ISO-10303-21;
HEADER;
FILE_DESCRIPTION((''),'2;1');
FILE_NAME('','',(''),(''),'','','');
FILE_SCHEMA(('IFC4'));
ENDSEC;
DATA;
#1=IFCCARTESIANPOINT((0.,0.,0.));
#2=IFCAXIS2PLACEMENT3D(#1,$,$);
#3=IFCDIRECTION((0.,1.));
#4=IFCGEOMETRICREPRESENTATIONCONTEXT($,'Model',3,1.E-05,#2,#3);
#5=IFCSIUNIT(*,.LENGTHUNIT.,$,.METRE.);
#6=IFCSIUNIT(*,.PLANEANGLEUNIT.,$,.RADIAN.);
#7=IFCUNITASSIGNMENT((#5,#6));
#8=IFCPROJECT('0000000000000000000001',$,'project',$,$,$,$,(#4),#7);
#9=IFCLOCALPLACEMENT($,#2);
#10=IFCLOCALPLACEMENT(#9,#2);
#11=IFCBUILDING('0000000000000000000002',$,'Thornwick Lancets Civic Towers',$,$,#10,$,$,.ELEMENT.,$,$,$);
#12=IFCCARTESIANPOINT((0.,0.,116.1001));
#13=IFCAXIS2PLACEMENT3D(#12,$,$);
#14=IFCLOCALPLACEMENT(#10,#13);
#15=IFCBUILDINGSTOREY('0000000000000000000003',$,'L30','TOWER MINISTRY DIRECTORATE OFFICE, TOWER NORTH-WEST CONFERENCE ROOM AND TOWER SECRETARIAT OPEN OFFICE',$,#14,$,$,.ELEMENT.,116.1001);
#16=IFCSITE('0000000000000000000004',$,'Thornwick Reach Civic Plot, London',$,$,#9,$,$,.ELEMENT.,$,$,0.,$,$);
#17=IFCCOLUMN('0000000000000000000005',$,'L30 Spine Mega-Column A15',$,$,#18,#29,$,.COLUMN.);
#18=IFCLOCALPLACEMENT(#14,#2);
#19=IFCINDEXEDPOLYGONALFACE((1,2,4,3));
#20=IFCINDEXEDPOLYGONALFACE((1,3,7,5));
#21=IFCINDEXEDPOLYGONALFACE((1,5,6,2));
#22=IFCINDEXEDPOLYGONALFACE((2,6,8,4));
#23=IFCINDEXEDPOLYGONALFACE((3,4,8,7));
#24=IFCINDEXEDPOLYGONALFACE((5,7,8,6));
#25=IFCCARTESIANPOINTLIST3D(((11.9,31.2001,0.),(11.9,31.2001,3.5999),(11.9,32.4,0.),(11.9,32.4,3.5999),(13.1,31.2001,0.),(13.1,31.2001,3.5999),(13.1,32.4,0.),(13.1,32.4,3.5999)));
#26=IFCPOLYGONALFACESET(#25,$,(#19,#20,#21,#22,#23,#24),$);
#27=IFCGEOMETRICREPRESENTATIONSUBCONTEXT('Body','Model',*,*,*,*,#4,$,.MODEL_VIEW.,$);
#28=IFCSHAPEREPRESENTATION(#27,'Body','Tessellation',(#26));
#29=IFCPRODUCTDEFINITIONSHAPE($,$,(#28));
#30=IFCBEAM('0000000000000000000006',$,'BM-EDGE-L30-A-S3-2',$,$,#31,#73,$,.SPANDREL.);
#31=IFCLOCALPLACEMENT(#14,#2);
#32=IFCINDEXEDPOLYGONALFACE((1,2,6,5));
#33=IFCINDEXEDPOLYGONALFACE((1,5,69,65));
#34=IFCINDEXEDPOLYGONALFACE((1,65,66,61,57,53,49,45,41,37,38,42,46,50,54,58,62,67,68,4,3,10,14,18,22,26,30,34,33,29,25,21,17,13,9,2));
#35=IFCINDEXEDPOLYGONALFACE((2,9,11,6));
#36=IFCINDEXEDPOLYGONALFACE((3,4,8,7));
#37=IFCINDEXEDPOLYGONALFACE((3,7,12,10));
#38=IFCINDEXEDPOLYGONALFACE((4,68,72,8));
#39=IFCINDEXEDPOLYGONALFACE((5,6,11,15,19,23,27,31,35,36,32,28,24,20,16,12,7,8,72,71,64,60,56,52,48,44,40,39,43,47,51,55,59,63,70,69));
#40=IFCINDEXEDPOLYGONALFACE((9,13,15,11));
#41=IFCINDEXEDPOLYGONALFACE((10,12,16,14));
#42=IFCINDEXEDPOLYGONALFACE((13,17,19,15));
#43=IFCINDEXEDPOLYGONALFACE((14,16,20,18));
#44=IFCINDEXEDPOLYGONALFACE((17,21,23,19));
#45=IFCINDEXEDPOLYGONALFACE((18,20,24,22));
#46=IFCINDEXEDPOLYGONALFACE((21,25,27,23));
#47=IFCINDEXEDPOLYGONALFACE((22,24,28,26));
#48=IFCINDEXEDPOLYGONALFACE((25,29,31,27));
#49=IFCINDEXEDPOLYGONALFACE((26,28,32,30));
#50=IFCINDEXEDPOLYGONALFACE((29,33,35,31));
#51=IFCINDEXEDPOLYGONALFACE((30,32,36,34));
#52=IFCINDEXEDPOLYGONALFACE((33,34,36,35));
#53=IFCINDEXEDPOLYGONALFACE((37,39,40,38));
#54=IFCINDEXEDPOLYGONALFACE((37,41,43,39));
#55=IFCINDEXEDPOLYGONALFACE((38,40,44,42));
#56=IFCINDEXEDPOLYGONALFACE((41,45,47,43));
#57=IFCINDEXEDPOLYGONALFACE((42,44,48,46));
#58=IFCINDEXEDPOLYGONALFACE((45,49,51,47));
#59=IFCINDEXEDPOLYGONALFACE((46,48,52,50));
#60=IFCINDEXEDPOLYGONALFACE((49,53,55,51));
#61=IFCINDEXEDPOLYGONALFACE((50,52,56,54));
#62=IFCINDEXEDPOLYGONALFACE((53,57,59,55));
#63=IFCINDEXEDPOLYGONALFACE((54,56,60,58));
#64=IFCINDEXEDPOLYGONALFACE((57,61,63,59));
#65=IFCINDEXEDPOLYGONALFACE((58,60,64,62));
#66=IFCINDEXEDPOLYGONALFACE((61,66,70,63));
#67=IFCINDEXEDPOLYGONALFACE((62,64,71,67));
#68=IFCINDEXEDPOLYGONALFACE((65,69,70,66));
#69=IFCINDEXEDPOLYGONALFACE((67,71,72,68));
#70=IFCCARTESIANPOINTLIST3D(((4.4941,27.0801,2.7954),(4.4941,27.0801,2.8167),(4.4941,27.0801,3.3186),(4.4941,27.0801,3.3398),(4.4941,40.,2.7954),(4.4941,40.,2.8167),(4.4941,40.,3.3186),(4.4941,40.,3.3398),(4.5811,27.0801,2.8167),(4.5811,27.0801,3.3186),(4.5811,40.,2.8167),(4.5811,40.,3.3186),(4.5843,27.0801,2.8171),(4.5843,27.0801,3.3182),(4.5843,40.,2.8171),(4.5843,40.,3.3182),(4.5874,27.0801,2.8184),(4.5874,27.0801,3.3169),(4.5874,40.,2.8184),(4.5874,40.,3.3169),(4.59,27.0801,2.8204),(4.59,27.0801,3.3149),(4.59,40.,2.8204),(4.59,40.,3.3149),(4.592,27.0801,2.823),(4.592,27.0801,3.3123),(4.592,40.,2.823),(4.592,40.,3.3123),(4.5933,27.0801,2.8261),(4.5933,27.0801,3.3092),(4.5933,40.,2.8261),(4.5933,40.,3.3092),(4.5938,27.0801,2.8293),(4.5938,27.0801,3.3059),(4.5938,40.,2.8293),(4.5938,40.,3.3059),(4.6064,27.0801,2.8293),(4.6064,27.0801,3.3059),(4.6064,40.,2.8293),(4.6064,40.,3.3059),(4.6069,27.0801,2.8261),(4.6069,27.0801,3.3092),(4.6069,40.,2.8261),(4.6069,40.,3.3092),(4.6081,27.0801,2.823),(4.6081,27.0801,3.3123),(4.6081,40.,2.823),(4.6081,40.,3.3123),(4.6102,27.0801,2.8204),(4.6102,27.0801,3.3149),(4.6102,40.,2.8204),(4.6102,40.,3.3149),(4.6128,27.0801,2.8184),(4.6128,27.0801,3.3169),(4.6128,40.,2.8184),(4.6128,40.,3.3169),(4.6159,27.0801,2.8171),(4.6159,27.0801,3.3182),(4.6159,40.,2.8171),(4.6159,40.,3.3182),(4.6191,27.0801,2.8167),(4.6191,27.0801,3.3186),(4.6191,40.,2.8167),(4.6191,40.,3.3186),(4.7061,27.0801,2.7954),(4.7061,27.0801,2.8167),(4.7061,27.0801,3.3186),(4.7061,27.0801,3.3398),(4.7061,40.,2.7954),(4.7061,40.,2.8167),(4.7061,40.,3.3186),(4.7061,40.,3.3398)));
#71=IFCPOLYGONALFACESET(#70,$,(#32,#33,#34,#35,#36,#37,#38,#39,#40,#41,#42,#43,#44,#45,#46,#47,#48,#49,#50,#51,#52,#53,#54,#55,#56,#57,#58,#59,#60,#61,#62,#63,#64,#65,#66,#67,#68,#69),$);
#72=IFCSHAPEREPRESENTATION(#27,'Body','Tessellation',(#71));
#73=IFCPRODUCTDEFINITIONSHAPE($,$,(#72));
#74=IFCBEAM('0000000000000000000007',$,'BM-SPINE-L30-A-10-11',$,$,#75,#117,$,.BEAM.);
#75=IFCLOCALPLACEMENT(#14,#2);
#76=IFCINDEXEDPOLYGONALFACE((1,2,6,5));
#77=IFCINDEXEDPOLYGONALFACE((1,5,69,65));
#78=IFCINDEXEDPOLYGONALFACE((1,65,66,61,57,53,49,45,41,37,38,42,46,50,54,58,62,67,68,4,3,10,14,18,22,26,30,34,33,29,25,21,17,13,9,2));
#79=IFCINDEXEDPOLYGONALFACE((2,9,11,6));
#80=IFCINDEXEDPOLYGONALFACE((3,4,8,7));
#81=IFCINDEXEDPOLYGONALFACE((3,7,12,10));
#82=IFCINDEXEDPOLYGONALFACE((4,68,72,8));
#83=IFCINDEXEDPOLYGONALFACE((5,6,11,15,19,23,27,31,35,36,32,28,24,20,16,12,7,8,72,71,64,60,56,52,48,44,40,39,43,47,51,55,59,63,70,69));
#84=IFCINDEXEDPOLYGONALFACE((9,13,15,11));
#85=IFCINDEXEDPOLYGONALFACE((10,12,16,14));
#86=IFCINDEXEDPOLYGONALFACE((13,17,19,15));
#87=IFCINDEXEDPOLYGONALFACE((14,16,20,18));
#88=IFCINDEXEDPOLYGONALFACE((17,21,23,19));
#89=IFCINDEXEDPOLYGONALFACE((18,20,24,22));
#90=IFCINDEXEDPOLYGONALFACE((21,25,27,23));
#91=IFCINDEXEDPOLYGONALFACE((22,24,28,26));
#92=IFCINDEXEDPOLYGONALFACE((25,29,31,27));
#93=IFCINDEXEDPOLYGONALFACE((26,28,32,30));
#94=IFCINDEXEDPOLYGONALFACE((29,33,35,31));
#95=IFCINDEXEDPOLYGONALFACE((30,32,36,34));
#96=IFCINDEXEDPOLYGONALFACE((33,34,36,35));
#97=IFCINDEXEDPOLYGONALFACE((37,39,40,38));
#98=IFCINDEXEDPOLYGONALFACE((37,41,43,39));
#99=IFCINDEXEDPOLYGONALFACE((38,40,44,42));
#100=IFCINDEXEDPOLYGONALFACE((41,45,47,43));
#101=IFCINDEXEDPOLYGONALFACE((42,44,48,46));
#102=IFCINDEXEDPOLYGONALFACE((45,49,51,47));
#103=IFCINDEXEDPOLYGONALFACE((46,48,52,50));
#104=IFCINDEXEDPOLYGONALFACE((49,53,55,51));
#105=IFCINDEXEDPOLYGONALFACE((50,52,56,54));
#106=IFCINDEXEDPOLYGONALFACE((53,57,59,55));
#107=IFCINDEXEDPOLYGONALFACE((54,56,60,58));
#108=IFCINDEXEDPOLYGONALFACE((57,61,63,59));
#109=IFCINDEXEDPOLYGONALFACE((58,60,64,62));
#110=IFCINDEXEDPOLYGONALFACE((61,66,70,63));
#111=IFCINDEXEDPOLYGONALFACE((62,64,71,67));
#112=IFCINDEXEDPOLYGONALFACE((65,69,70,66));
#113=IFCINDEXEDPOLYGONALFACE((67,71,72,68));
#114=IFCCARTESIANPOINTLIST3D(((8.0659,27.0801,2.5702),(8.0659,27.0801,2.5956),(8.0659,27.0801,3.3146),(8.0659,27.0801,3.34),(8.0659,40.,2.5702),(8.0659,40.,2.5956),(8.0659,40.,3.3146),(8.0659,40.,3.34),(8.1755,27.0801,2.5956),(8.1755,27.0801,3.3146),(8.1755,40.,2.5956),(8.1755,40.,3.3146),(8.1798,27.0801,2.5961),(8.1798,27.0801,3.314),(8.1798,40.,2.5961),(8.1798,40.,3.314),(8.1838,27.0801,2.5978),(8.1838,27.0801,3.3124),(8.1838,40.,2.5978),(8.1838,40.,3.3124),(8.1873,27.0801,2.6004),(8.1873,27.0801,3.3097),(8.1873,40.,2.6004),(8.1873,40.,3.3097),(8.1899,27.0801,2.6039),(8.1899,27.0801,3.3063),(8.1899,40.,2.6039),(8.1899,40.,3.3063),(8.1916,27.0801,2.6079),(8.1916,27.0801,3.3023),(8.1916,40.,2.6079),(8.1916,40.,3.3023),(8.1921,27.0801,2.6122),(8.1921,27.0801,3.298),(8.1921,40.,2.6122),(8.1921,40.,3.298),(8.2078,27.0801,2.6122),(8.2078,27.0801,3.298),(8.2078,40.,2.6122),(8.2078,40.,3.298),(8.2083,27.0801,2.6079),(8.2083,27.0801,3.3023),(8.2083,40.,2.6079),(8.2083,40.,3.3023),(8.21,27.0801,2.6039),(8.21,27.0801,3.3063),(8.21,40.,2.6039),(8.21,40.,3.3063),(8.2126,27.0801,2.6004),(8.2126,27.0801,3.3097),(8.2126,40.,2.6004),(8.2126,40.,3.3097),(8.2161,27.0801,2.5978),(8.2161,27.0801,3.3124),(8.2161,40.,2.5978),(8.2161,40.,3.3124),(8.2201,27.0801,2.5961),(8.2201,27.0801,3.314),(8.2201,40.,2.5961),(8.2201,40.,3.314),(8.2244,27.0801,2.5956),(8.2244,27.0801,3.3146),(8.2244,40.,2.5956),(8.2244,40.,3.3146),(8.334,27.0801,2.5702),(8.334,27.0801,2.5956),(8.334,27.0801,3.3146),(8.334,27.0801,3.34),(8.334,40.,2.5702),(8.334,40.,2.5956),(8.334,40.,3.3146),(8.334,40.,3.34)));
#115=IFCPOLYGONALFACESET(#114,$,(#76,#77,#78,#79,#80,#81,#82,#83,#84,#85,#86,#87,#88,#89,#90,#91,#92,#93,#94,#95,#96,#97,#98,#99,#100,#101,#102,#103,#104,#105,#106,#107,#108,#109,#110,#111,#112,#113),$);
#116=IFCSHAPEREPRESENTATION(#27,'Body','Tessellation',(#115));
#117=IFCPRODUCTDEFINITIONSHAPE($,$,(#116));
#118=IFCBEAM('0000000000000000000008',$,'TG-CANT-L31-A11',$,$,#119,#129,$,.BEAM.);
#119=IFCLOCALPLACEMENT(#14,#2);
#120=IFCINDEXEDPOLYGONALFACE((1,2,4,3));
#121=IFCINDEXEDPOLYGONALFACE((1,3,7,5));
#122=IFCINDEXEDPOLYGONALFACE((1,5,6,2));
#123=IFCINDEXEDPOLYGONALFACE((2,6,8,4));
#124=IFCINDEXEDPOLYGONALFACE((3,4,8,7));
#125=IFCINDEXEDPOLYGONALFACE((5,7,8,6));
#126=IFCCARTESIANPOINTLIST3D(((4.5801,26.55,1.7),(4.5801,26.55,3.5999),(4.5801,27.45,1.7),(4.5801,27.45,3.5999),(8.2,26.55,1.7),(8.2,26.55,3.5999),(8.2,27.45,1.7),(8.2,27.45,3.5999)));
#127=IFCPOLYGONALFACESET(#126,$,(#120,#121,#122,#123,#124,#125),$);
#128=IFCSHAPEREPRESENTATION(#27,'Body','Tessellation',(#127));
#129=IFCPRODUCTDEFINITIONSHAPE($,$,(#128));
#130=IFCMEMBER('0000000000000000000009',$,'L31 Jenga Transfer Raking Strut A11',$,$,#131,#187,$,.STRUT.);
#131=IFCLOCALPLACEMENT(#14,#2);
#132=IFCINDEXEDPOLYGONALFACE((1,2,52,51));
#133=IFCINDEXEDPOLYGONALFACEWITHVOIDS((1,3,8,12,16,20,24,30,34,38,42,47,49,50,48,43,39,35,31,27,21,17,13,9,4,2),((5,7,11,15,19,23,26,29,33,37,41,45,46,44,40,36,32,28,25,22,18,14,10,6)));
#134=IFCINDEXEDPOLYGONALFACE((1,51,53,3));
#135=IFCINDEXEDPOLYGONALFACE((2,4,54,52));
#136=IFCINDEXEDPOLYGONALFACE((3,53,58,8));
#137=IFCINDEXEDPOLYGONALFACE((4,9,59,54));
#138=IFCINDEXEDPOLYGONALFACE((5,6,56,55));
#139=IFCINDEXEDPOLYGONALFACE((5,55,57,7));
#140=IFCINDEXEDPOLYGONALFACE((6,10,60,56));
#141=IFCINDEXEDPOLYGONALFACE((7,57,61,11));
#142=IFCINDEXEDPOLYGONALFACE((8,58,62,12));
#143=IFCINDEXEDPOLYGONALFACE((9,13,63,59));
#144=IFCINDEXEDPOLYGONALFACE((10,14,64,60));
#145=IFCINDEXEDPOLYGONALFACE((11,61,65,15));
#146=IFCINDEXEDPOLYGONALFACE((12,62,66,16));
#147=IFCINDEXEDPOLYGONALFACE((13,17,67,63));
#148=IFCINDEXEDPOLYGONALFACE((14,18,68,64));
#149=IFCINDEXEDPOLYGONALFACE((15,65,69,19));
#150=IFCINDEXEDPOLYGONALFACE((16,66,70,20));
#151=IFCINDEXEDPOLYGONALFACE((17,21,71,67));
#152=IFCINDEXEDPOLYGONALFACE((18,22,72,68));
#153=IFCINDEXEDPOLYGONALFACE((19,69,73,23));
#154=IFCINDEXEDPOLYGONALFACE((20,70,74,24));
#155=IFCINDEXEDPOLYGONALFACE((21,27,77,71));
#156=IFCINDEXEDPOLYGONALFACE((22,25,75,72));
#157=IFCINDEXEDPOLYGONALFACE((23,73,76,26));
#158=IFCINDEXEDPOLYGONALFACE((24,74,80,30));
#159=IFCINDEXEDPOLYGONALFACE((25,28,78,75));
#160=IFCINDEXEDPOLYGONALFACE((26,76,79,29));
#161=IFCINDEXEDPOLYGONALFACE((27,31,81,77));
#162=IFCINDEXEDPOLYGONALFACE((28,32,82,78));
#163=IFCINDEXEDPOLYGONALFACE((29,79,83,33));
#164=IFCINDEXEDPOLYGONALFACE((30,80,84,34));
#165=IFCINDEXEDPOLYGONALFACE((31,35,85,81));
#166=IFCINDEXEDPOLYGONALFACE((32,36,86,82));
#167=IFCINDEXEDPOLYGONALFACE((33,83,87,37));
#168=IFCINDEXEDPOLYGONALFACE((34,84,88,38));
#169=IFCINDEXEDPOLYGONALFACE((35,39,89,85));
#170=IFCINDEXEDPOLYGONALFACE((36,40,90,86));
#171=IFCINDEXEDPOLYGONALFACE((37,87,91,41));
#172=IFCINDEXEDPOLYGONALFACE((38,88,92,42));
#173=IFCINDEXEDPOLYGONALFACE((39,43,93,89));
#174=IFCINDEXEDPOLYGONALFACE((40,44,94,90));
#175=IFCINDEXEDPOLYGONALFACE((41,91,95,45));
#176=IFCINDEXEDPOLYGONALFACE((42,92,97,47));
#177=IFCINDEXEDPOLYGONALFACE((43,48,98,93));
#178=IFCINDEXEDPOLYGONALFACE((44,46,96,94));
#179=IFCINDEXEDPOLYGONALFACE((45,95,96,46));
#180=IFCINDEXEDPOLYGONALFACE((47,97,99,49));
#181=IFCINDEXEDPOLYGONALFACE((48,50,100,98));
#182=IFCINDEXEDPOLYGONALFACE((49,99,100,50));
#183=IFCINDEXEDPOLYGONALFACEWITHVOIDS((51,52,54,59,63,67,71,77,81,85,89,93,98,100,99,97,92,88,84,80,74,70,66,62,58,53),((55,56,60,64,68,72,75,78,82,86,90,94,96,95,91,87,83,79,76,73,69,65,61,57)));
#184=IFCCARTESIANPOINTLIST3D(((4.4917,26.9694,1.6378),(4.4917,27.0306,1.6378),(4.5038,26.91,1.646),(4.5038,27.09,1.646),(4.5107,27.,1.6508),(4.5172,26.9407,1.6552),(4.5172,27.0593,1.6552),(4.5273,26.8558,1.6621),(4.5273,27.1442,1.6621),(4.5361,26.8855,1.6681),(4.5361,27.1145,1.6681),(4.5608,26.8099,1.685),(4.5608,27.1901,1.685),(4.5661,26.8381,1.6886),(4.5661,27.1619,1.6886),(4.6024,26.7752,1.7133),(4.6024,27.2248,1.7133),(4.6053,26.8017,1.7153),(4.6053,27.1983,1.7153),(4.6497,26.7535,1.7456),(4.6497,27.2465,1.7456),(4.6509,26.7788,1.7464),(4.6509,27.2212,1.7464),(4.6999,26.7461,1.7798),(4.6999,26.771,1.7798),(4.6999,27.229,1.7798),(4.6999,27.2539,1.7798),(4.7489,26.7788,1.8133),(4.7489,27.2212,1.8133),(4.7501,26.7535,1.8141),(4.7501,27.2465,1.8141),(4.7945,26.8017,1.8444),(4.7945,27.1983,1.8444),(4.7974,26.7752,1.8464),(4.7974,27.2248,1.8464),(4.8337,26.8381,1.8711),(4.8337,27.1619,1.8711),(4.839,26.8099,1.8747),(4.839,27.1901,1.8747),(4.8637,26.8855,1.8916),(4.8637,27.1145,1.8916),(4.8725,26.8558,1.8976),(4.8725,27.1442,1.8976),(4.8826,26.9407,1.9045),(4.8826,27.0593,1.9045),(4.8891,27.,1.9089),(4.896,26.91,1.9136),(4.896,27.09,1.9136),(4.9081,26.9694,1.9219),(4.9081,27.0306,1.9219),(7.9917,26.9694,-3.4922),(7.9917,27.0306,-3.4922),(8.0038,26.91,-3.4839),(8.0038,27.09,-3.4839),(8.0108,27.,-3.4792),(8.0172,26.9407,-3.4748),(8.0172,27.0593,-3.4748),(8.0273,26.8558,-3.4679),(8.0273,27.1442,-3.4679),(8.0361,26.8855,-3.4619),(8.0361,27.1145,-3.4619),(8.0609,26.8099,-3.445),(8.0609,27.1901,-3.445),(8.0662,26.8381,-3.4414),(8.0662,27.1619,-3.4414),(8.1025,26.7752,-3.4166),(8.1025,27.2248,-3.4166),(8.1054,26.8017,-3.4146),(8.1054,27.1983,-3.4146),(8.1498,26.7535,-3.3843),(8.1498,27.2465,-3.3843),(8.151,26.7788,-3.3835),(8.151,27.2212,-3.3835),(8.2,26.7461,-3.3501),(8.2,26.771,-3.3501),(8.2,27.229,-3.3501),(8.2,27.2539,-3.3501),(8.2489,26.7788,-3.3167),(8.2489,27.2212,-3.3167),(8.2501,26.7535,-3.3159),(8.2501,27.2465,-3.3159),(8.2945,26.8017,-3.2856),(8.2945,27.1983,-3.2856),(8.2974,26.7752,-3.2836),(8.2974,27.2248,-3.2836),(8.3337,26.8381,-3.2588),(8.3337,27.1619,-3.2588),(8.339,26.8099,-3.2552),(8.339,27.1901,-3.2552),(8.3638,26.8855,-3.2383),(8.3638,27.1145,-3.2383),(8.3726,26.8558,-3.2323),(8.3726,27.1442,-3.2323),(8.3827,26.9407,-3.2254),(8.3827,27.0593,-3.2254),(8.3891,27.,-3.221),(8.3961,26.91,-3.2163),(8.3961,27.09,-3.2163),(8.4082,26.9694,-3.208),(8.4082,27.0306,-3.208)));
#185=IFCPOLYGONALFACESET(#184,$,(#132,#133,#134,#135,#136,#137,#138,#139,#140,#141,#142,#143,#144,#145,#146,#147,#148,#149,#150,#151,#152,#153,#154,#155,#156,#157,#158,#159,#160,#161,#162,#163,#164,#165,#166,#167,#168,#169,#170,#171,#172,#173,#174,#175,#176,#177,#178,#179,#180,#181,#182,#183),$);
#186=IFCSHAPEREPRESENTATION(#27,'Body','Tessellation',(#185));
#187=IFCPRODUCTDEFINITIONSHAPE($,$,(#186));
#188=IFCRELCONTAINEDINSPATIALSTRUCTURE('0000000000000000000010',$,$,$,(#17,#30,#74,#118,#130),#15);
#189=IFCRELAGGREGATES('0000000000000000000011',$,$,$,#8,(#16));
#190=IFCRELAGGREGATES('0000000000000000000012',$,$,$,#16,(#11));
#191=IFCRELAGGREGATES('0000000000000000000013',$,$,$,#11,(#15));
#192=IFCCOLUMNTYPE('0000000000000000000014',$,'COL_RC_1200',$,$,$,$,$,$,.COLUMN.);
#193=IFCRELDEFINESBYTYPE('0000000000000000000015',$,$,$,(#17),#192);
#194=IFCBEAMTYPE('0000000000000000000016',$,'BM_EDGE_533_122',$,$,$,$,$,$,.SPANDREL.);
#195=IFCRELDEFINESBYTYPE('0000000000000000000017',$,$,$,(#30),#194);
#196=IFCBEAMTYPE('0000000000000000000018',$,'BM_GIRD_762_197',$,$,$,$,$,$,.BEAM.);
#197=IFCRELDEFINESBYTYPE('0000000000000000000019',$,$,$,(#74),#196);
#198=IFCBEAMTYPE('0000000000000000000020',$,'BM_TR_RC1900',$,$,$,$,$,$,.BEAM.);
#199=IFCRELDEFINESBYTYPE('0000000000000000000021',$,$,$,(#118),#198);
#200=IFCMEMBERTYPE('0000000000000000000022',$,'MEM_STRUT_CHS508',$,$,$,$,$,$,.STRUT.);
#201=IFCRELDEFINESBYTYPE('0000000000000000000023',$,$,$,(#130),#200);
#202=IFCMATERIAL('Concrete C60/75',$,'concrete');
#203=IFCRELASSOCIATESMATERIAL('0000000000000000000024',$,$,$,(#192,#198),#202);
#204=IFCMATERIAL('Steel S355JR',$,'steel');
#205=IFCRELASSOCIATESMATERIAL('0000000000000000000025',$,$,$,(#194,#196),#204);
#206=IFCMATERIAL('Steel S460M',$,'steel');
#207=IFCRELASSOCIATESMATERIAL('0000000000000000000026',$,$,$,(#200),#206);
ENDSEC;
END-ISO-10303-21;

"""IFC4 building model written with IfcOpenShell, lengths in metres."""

from ifc_helpers import new_model, si_unit, direction, frame, origin, origin_2d, place, context, subcontext, project, spatial, rectangle, hollow_circle, i_section, extrude, material, material_profile, profile_set, type_object, element, save


model = new_model("IFC4")

# Units and contexts
model_context = context("Model", 3, precision=1e-05, world=origin(), true_north=direction((0.0, 1.0)))
body_context = subcontext(model_context, "Body", "Model", "MODEL_VIEW")
ifc_project = project(units=[si_unit("LENGTHUNIT", "METRE"), si_unit("PLANEANGLEUNIT", "RADIAN")], contexts=[model_context])

# Site, building, storey
site_placement = place(None, origin())
site = spatial("IfcSite", under=ifc_project, at=site_placement, Name="Thornwick Reach Civic Plot, London", CompositionType="ELEMENT", RefElevation=0.0)
building_placement = place(site_placement, origin())
building = spatial("IfcBuilding", under=site, at=building_placement, Name="Thornwick Lancets Civic Towers", CompositionType="ELEMENT")
storey_placement = place(building_placement, frame((0.0, 0.0, 116.1001)))
storey = spatial("IfcBuildingStorey", under=building, at=storey_placement, Name="L30", Description="TOWER MINISTRY DIRECTORATE OFFICE, TOWER NORTH-WEST CONFERENCE ROOM AND TOWER SECRETARIAT OPEN OFFICE", CompositionType="ELEMENT", Elevation=116.1001)

# Column
ifc_material_1 = material(Name="Concrete C60/75", Category="concrete")
ifc_material_profile_1 = material_profile(ifc_material_1, rectangle(XDim=1.2, YDim=1.2, at=origin_2d()), Name="RC 1200x1200")
ifc_profile_set_1 = profile_set([ifc_material_profile_1], Name="Concrete C60/75")
column_type = type_object("IfcColumnType", Name="COL_RC_1200", PredefinedType="COLUMN", material=ifc_profile_set_1)
column_placement = place(storey_placement, frame((12.5, 31.8, 0.0), z_axis=(0.0, 0.0, 1.0), x_axis=(1.0, 0.0, 0.0)))
element("IfcColumn", 1, at=column_placement, inside=storey, type_object=column_type, Name="L30 Spine Mega-Column A15", PredefinedType="COLUMN", context=body_context, shape_type="SweptSolid", body=[
    extrude(rectangle(XDim=1.2, YDim=1.2, at=origin_2d()), origin(), (0.0, 0.0, 1.0), 3.5999),
])

# Beams
ifc_material_2 = material(Name="Steel S355JR", Category="steel")
ifc_material_profile_2 = material_profile(ifc_material_2, i_section(OverallWidth=0.2119, OverallDepth=0.5444, WebThickness=0.0127, FlangeThickness=0.0212, FilletRadius=0.0127, at=origin_2d()), Name="UKB 533x210x122")
ifc_profile_set_2 = profile_set([ifc_material_profile_2], Name="Steel S355JR")
beam_type_1 = type_object("IfcBeamType", Name="BM_EDGE_533_122", PredefinedType="SPANDREL", material=ifc_profile_set_2)
beam_1_placement = place(storey_placement, frame((4.6001, 27.0801, 3.0676), z_axis=(0.0, 1.0, 0.0), x_axis=(-1.0, 0.0, 0.0)))
element("IfcBeam", 2, at=beam_1_placement, inside=storey, type_object=beam_type_1, Name="BM-EDGE-L30-A-S3-2", PredefinedType="SPANDREL", context=body_context, shape_type="SweptSolid", body=[
    extrude(i_section(OverallWidth=0.2119, OverallDepth=0.5444, WebThickness=0.0127, FlangeThickness=0.0212, FilletRadius=0.0127, at=origin_2d()), origin(), (0.0, 0.0, 1.0), 12.9199),
])
ifc_material_profile_3 = material_profile(ifc_material_2, i_section(OverallWidth=0.2681, OverallDepth=0.7698, WebThickness=0.0156, FlangeThickness=0.0254, FilletRadius=0.0166, at=origin_2d()), Name="UKB 762x267x197")
ifc_profile_set_3 = profile_set([ifc_material_profile_3], Name="Steel S355JR")
beam_type_2 = type_object("IfcBeamType", Name="BM_GIRD_762_197", PredefinedType="BEAM", material=ifc_profile_set_3)
beam_2_placement = place(storey_placement, frame((8.2, 27.0801, 2.9551), z_axis=(0.0, 1.0, 0.0), x_axis=(-1.0, 0.0, 0.0)))
element("IfcBeam", 3, at=beam_2_placement, inside=storey, type_object=beam_type_2, Name="BM-SPINE-L30-A-10-11", PredefinedType="BEAM", context=body_context, shape_type="SweptSolid", body=[
    extrude(i_section(OverallWidth=0.2681, OverallDepth=0.7698, WebThickness=0.0156, FlangeThickness=0.0254, FilletRadius=0.0166, at=origin_2d()), origin(), (0.0, 0.0, 1.0), 12.9199),
])
ifc_material_profile_4 = material_profile(ifc_material_1, rectangle(XDim=0.8999, YDim=1.8999, at=origin_2d()), Name="RC 900x1900")
ifc_profile_set_4 = profile_set([ifc_material_profile_4], Name="Concrete C60/75")
beam_type_3 = type_object("IfcBeamType", Name="BM_TR_RC1900", PredefinedType="BEAM", material=ifc_profile_set_4)
beam_3_placement = place(storey_placement, frame((8.2, 27.0, 2.6499), z_axis=(-1.0, 0.0, 0.0), x_axis=(0.0, -1.0, 0.0)))
element("IfcBeam", 4, at=beam_3_placement, inside=storey, type_object=beam_type_3, Name="TG-CANT-L31-A11", PredefinedType="BEAM", context=body_context, shape_type="SweptSolid", body=[
    extrude(rectangle(XDim=0.8999, YDim=1.8999, at=origin_2d()), origin(), (0.0, 0.0, 1.0), 3.6199),
])

# Member
ifc_material_3 = material(Name="Steel S460M", Category="steel")
ifc_material_profile_5 = material_profile(ifc_material_3, hollow_circle(Radius=0.2539, WallThickness=0.0249, at=origin_2d()), Name="CHS 508x25")
ifc_profile_set_5 = profile_set([ifc_material_profile_5], Name="Steel S460M")
member_type = type_object("IfcMemberType", Name="MEM_STRUT_CHS508", PredefinedType="STRUT", material=ifc_profile_set_5)
member_placement = place(storey_placement, frame((8.2, 27.0, -3.3501), z_axis=(-0.563595, 0.0, 0.826051), x_axis=(0.0, -1.0, 0.0)))
element("IfcMember", 5, at=member_placement, inside=storey, type_object=member_type, Name="L31 Jenga Transfer Raking Strut A11", PredefinedType="STRUT", context=body_context, shape_type="SweptSolid", body=[
    extrude(hollow_circle(Radius=0.2539, WallThickness=0.0249, at=origin_2d()), origin(), (0.0, 0.0, 1.0), 6.2102),
])

save(model, "model.ifc")
